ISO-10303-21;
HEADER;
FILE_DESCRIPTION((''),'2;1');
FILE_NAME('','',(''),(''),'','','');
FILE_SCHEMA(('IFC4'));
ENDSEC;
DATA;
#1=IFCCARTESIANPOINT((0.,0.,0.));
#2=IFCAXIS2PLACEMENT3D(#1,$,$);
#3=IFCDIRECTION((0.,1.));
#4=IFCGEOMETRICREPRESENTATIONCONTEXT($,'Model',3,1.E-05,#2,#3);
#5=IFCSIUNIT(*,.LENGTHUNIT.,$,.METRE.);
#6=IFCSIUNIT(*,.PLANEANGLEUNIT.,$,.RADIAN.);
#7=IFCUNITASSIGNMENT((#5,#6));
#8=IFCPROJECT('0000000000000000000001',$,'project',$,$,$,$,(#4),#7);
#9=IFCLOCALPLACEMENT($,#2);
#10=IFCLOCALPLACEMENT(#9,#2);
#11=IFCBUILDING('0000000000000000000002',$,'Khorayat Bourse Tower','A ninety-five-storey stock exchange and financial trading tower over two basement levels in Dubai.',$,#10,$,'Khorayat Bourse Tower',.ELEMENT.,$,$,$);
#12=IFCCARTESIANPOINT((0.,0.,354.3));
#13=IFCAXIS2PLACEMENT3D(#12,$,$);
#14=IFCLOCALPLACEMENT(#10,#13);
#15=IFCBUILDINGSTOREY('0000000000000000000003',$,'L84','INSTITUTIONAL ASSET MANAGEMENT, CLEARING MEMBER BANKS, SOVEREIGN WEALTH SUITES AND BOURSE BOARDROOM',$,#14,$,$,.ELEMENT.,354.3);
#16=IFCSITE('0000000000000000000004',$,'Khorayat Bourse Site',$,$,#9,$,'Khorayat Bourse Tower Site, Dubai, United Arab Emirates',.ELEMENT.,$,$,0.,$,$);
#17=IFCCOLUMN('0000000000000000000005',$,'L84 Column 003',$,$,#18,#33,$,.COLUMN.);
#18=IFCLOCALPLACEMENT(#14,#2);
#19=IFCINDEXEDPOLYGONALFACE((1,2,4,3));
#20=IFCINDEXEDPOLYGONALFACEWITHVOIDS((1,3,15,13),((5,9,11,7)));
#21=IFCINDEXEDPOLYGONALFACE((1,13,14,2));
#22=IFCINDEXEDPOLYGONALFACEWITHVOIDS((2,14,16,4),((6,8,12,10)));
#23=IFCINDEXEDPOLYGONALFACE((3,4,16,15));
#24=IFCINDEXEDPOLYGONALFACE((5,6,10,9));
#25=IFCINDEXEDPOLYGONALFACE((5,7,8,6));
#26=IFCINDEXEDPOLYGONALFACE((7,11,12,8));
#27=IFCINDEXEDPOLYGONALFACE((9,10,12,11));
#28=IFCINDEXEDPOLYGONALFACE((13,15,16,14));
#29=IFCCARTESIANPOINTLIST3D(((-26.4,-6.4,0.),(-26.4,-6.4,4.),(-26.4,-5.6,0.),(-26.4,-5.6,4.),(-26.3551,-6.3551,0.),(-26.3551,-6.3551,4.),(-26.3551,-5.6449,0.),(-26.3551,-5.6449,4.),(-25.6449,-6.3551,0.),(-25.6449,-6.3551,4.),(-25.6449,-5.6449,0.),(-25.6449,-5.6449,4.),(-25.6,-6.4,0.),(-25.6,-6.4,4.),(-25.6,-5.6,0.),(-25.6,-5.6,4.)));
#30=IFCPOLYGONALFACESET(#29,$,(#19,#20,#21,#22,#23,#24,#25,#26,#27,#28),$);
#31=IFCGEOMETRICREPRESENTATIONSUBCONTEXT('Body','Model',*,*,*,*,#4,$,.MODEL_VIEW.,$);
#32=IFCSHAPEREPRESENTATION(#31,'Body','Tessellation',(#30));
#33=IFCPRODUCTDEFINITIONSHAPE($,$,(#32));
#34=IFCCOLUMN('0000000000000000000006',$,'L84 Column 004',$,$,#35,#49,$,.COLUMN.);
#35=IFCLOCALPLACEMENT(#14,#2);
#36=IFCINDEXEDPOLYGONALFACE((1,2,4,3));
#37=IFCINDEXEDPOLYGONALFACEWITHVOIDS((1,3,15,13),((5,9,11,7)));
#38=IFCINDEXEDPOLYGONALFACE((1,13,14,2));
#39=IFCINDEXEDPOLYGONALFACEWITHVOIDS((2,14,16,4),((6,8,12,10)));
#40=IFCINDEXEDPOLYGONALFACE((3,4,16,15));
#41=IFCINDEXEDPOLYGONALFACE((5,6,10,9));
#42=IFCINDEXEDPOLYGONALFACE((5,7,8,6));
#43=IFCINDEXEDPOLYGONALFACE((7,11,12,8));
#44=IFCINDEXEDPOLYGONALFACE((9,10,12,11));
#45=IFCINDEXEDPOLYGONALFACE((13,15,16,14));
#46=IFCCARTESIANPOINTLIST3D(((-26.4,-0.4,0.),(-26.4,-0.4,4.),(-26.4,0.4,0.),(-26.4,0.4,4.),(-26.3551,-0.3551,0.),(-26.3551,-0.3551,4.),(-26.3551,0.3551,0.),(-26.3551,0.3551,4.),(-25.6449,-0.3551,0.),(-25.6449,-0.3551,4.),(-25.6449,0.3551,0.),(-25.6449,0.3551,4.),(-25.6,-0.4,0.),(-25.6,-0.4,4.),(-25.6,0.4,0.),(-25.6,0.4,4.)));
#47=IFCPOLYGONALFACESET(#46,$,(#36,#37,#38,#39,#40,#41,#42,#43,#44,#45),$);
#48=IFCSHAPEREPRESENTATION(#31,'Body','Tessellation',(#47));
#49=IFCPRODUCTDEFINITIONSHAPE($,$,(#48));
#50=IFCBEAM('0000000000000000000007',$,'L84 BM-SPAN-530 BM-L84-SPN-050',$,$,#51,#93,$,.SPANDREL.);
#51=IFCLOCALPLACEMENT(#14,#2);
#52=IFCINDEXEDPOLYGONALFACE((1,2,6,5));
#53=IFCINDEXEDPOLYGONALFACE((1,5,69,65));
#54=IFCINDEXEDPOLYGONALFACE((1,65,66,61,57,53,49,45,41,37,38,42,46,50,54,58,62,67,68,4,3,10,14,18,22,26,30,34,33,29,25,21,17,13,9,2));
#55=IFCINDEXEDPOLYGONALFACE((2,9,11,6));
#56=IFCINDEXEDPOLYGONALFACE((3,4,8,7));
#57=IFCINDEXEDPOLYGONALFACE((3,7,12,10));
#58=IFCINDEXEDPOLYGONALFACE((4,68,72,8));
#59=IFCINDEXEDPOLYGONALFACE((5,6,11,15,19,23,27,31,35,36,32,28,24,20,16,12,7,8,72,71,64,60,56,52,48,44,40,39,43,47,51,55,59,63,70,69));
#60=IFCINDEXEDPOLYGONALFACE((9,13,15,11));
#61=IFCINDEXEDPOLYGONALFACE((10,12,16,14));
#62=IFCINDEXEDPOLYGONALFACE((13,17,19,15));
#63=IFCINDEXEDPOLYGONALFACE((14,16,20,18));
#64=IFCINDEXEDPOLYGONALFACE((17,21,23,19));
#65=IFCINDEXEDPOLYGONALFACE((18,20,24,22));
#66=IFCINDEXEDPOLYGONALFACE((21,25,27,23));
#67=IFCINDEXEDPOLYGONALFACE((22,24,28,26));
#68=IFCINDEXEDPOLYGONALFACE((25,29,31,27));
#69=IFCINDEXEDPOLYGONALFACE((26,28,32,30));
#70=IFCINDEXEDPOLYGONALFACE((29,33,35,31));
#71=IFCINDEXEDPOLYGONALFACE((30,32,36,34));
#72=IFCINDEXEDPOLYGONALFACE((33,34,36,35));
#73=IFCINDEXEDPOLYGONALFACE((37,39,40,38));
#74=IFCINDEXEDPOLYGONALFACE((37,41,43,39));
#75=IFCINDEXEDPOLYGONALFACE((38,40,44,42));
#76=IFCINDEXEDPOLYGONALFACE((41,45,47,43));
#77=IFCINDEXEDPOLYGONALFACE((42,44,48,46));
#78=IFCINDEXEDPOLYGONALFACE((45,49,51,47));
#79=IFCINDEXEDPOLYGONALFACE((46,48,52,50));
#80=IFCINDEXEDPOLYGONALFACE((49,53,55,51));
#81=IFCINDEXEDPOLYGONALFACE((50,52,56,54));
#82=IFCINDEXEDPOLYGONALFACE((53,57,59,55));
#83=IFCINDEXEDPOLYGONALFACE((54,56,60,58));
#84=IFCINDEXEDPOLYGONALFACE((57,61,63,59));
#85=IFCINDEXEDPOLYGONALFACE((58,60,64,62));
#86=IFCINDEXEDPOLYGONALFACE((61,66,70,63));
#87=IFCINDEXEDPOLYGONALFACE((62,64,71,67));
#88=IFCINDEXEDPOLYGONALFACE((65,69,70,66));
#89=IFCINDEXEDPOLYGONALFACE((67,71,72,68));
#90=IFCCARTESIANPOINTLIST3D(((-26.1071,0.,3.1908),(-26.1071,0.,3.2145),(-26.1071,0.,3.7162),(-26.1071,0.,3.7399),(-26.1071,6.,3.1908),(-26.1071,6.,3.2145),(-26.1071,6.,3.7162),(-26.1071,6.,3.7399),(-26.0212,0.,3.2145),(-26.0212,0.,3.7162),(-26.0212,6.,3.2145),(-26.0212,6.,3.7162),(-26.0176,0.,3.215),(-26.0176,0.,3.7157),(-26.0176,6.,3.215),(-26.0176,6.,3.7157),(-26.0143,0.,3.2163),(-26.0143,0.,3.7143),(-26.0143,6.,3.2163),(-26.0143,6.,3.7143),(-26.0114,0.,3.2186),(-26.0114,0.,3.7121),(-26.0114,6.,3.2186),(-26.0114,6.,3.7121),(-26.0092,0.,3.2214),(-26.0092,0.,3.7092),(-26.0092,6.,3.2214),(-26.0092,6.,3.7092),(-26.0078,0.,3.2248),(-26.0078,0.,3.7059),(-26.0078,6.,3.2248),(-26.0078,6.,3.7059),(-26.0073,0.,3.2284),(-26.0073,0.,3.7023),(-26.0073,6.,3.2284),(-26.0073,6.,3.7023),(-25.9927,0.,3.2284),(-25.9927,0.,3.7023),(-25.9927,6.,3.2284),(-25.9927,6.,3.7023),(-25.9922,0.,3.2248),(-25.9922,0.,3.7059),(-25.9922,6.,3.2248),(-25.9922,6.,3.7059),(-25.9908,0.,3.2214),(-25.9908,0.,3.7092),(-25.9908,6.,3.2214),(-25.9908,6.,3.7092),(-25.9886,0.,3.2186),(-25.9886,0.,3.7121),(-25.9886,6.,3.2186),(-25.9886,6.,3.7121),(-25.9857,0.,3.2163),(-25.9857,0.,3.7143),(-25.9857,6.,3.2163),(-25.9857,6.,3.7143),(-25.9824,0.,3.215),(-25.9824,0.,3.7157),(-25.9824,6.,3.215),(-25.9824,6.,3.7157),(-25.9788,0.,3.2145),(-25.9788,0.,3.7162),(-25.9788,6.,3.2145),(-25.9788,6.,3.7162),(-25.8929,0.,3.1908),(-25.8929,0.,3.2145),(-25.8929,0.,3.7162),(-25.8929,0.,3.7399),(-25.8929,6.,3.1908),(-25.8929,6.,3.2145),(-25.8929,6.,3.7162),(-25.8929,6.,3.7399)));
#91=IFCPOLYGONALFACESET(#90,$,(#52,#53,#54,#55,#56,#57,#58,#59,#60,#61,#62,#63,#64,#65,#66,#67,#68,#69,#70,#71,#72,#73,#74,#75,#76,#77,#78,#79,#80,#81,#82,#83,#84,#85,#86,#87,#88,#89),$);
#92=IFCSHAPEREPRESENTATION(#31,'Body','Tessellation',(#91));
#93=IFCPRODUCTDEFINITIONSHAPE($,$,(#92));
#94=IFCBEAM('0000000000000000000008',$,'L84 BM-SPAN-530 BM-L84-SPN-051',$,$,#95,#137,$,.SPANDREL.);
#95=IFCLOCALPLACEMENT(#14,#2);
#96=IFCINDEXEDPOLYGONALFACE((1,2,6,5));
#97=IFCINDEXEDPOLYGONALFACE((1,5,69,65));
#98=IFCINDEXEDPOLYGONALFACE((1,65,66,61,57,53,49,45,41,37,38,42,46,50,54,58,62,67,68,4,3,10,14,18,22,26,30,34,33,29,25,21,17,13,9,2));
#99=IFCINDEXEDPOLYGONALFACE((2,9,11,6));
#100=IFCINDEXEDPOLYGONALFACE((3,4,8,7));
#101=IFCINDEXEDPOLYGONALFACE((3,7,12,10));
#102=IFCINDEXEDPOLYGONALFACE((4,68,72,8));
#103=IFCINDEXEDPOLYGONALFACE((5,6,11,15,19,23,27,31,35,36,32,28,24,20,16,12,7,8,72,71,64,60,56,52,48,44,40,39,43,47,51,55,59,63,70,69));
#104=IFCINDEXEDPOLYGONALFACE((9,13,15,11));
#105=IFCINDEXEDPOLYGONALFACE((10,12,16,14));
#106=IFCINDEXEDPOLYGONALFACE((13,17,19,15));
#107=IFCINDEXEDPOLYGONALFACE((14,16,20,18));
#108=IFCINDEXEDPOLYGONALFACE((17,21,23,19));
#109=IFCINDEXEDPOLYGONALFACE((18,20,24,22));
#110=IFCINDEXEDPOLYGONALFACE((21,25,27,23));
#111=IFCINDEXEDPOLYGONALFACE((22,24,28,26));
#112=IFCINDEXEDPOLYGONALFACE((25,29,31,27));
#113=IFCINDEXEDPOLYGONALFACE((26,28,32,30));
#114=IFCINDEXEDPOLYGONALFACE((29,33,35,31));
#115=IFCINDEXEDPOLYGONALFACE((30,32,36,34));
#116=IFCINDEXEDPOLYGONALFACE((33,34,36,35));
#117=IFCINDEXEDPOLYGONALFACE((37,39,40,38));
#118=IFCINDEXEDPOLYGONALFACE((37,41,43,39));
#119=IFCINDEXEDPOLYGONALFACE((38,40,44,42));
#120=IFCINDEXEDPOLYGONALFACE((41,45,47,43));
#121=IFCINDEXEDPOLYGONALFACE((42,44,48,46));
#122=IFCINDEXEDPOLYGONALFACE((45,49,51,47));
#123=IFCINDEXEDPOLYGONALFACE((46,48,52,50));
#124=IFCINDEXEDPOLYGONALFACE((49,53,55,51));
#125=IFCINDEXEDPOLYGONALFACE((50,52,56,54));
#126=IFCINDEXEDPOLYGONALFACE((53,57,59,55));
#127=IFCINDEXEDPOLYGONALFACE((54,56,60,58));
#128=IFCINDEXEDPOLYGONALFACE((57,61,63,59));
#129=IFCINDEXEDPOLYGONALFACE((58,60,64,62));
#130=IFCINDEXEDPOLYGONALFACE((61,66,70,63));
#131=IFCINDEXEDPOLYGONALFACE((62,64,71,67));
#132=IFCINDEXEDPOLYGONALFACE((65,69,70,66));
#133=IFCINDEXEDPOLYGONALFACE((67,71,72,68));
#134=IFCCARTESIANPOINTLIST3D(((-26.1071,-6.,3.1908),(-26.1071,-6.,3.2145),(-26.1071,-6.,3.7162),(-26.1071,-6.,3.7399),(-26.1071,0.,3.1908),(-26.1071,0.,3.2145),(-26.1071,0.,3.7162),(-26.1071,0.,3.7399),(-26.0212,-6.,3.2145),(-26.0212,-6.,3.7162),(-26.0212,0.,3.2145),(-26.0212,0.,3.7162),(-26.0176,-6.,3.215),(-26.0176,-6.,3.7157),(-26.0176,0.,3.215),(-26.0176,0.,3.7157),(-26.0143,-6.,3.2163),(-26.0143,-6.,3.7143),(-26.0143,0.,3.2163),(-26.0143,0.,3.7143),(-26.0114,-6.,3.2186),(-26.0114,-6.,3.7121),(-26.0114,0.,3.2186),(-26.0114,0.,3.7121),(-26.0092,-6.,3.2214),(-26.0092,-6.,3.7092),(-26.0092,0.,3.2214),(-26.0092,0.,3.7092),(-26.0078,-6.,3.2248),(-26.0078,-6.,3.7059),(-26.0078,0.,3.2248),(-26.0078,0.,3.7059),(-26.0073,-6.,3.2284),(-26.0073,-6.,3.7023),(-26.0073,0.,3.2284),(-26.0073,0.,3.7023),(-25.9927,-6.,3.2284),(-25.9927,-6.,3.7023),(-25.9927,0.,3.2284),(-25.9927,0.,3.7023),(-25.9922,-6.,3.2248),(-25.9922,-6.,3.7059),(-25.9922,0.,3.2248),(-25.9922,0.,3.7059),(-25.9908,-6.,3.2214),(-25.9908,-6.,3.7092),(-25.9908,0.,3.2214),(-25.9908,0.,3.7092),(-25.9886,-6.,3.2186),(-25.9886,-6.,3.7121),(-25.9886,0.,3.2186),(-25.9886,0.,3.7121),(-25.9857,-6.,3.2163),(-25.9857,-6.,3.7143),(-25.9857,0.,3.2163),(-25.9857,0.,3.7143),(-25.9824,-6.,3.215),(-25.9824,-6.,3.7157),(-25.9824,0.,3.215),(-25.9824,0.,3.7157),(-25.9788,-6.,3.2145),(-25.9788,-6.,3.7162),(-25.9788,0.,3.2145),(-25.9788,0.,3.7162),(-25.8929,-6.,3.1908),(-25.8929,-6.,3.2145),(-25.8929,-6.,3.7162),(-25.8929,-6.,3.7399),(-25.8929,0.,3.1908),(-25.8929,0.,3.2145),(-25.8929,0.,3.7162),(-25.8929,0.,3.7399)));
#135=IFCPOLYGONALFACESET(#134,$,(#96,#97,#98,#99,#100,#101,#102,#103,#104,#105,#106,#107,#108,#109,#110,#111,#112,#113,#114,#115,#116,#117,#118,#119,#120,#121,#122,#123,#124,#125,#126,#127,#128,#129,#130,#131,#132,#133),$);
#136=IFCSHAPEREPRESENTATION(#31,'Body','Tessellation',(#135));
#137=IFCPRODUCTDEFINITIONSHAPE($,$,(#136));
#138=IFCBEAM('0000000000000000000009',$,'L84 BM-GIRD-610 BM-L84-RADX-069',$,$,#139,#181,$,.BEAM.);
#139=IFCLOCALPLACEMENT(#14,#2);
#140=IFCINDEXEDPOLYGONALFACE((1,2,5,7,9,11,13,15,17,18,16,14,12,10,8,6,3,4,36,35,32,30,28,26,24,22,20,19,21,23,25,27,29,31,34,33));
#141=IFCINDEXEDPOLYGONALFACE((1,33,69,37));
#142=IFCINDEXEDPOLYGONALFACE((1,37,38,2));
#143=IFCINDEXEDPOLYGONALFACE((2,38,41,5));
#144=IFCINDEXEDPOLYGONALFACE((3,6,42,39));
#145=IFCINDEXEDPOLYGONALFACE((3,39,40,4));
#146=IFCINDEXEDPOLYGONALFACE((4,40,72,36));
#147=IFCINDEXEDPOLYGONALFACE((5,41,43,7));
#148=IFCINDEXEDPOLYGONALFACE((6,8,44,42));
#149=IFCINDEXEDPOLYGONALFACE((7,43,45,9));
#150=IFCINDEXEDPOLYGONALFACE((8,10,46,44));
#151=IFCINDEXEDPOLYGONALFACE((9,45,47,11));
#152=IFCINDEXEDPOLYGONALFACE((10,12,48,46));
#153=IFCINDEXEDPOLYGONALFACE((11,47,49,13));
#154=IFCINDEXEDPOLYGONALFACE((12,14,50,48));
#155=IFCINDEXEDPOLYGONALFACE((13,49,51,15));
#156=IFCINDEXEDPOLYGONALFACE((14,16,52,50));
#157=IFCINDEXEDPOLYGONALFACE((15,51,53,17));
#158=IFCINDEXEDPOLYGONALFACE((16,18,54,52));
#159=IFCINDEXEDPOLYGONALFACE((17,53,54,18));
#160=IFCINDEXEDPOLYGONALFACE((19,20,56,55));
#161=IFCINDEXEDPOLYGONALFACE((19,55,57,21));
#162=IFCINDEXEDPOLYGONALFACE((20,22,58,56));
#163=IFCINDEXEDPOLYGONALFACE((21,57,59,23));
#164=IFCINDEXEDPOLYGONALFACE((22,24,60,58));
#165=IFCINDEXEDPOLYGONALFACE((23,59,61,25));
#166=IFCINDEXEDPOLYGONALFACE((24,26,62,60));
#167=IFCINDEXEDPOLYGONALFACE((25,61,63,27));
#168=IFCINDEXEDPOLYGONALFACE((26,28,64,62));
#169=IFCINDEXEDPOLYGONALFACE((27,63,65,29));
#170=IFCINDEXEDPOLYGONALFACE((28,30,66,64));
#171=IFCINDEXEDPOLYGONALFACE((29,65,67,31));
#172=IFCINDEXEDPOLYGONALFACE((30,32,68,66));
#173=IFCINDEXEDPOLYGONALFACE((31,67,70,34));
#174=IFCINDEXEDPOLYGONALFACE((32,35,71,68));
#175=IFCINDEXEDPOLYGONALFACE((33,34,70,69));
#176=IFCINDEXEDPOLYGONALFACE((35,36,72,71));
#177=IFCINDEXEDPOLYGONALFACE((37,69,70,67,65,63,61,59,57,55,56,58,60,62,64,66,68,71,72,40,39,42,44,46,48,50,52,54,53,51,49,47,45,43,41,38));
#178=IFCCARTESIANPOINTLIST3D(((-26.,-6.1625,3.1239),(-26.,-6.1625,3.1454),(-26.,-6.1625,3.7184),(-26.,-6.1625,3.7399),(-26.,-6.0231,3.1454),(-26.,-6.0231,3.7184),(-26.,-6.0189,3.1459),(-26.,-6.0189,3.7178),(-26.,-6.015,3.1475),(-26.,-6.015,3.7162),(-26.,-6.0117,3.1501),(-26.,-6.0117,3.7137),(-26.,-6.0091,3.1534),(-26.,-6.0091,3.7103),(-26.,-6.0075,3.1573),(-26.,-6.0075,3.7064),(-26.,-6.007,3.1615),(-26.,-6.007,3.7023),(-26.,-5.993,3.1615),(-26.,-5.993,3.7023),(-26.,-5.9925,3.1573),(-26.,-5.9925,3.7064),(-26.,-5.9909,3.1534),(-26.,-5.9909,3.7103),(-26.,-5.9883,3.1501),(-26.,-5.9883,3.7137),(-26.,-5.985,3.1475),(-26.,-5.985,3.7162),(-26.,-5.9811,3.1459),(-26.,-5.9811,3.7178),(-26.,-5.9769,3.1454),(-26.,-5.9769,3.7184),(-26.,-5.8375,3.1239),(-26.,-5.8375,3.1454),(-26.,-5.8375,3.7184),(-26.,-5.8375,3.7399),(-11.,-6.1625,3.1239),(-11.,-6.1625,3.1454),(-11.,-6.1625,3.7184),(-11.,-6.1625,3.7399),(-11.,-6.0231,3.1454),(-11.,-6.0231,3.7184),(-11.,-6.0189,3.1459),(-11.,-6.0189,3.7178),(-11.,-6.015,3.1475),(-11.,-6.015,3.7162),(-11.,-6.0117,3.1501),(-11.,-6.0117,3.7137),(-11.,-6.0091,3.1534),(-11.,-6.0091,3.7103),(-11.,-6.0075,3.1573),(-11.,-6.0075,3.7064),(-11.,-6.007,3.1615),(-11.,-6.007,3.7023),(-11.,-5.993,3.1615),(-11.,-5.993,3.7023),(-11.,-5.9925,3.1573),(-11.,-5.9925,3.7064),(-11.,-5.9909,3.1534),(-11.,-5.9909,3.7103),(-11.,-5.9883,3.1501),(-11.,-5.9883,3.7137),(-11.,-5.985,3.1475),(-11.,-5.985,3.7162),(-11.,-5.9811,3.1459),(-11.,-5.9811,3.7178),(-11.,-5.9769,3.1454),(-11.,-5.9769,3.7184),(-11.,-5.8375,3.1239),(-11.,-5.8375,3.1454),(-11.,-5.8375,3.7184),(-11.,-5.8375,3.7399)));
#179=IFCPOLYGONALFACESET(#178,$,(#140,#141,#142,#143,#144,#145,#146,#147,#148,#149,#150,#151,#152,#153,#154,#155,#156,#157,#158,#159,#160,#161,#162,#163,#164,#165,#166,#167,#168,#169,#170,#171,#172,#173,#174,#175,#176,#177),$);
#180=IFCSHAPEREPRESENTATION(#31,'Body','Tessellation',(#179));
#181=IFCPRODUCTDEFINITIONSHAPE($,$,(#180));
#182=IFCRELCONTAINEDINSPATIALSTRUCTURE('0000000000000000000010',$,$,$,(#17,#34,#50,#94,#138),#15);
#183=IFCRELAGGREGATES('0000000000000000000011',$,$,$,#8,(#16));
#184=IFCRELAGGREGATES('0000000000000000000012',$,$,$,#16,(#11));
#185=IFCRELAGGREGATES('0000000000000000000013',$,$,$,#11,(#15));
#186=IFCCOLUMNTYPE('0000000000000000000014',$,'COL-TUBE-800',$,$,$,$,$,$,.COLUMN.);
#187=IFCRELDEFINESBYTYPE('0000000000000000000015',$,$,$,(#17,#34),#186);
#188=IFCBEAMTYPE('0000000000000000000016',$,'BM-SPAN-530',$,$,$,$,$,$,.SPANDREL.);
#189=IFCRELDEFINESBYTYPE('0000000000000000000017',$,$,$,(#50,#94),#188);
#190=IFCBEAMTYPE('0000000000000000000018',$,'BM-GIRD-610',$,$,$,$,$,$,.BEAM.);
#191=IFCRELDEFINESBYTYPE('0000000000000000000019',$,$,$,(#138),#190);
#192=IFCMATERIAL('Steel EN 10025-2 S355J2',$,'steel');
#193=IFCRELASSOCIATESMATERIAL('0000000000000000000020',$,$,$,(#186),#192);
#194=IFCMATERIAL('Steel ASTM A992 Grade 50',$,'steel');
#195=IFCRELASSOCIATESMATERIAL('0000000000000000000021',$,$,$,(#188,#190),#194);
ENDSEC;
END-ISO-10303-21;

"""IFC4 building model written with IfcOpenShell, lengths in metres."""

from ifc_helpers import new_model, si_unit, direction, frame, origin, origin_2d, place, context, subcontext, project, spatial, hollow_rectangle, i_section, extrude, source, transform, mapped, material, material_profile, profile_set, type_object, element, save


model = new_model("IFC4")

# Units and contexts
model_context = context("Model", 3, precision=1e-05, world=origin(), true_north=direction((0.0, 1.0)))
body_context = subcontext(model_context, "Body", "Model", "MODEL_VIEW")
ifc_project = project(units=[si_unit("LENGTHUNIT", "METRE"), si_unit("PLANEANGLEUNIT", "RADIAN")], contexts=[model_context])

# Site, building, storey
site_placement = place(None, origin())
site = spatial("IfcSite", under=ifc_project, at=site_placement, Name="Khorayat Bourse Site", LongName="Khorayat Bourse Tower Site, Dubai, United Arab Emirates", CompositionType="ELEMENT", RefElevation=0.0)
building_placement = place(site_placement, origin())
building = spatial("IfcBuilding", under=site, at=building_placement, Name="Khorayat Bourse Tower", Description="A ninety-five-storey stock exchange and financial trading tower over two basement levels in Dubai.", LongName="Khorayat Bourse Tower", CompositionType="ELEMENT")
storey_placement = place(building_placement, frame((0.0, 0.0, 354.3)))
storey = spatial("IfcBuildingStorey", under=building, at=storey_placement, Name="L84", Description="INSTITUTIONAL ASSET MANAGEMENT, CLEARING MEMBER BANKS, SOVEREIGN WEALTH SUITES AND BOURSE BOARDROOM", CompositionType="ELEMENT", Elevation=354.3)

# Columns
ifc_material_1 = material(Name="Steel EN 10025-2 S355J2", Category="steel")
ifc_material_profile_1 = material_profile(ifc_material_1, hollow_rectangle(XDim=0.8, YDim=0.8, WallThickness=0.0449, at=origin_2d()), Name="BOX 800x800x45")
ifc_profile_set_1 = profile_set([ifc_material_profile_1], Name="Steel EN 10025-2 S355J2")
column_type = type_object("IfcColumnType", Name="COL-TUBE-800", PredefinedType="COLUMN", material=ifc_profile_set_1)
shared_shape_1 = source(origin(), body_context, "Body", "SweptSolid", [
    extrude(hollow_rectangle(XDim=0.8, YDim=0.8, WallThickness=0.0449, at=origin_2d()), origin(), (0.0, 0.0, 1.0), 4.0),
])
for number, where, z_axis, x_axis, name in (
    (1, (-26.0, -6.0, 0.0), (0.0, 0.0, 1.0), (1.0, 0.0, 0.0), "L84 Column 003"),
    (2, (-26.0, 0.0, 0.0), (0.0, 0.0, 1.0), (1.0, 0.0, 0.0), "L84 Column 004"),
):
    element("IfcColumn", number, at=place(storey_placement, frame(where, z_axis=z_axis, x_axis=x_axis)), inside=storey, type_object=column_type, Name=name, PredefinedType="COLUMN", context=body_context, shape_type="MappedRepresentation", body=[
        mapped(shared_shape_1, transform((0.0, 0.0, 0.0), scale=1.0)),
    ])

# Beams
ifc_material_2 = material(Name="Steel ASTM A992 Grade 50", Category="steel")
ifc_material_profile_2 = material_profile(ifc_material_2, i_section(OverallWidth=0.2141, OverallDepth=0.5491, WebThickness=0.0146, FlangeThickness=0.0237, FilletRadius=0.0139, at=origin_2d()), Name="W530X138")
ifc_profile_set_2 = profile_set([ifc_material_profile_2], Name="Steel ASTM A992 Grade 50")
beam_type_1 = type_object("IfcBeamType", Name="BM-SPAN-530", PredefinedType="SPANDREL", material=ifc_profile_set_2)
shared_shape_2 = source(origin(), body_context, "Body", "SweptSolid", [
    extrude(i_section(OverallWidth=0.2141, OverallDepth=0.5491, WebThickness=0.0146, FlangeThickness=0.0237, FilletRadius=0.0139, at=origin_2d()), origin(), (0.0, 0.0, 1.0), 6.0),
])
for number, where, z_axis, x_axis, name in (
    (3, (-26.0, 0.0, 3.4653), (0.0, 1.0, 0.0), (-1.0, 0.0, 0.0), "L84 BM-SPAN-530 BM-L84-SPN-050"),
    (4, (-26.0, -6.0, 3.4653), (0.0, 1.0, 0.0), (-1.0, 0.0, 0.0), "L84 BM-SPAN-530 BM-L84-SPN-051"),
):
    element("IfcBeam", number, at=place(storey_placement, frame(where, z_axis=z_axis, x_axis=x_axis)), inside=storey, type_object=beam_type_1, Name=name, PredefinedType="SPANDREL", context=body_context, shape_type="MappedRepresentation", body=[
        mapped(shared_shape_2, transform((0.0, 0.0, 0.0), scale=1.0)),
    ])
ifc_material_profile_3 = material_profile(ifc_material_2, i_section(OverallWidth=0.325, OverallDepth=0.616, WebThickness=0.0139, FlangeThickness=0.0215, FilletRadius=0.0161, at=origin_2d()), Name="W610X174")
ifc_profile_set_3 = profile_set([ifc_material_profile_3], Name="Steel ASTM A992 Grade 50")
beam_type_2 = type_object("IfcBeamType", Name="BM-GIRD-610", PredefinedType="BEAM", material=ifc_profile_set_3)
shared_shape_3 = source(origin(), body_context, "Body", "SweptSolid", [
    extrude(i_section(OverallWidth=0.325, OverallDepth=0.616, WebThickness=0.0139, FlangeThickness=0.0215, FilletRadius=0.0161, at=origin_2d()), origin(), (0.0, 0.0, 1.0), 15.0),
])
beam_placement = place(storey_placement, frame((-26.0, -6.0, 3.4319), z_axis=(1.0, 0.0, 0.0), x_axis=(0.0, 1.0, 0.0)))
element("IfcBeam", 5, at=beam_placement, inside=storey, type_object=beam_type_2, Name="L84 BM-GIRD-610 BM-L84-RADX-069", PredefinedType="BEAM", context=body_context, shape_type="MappedRepresentation", body=[
    mapped(shared_shape_3, transform((0.0, 0.0, 0.0), scale=1.0)),
])

save(model, "model.ifc")
